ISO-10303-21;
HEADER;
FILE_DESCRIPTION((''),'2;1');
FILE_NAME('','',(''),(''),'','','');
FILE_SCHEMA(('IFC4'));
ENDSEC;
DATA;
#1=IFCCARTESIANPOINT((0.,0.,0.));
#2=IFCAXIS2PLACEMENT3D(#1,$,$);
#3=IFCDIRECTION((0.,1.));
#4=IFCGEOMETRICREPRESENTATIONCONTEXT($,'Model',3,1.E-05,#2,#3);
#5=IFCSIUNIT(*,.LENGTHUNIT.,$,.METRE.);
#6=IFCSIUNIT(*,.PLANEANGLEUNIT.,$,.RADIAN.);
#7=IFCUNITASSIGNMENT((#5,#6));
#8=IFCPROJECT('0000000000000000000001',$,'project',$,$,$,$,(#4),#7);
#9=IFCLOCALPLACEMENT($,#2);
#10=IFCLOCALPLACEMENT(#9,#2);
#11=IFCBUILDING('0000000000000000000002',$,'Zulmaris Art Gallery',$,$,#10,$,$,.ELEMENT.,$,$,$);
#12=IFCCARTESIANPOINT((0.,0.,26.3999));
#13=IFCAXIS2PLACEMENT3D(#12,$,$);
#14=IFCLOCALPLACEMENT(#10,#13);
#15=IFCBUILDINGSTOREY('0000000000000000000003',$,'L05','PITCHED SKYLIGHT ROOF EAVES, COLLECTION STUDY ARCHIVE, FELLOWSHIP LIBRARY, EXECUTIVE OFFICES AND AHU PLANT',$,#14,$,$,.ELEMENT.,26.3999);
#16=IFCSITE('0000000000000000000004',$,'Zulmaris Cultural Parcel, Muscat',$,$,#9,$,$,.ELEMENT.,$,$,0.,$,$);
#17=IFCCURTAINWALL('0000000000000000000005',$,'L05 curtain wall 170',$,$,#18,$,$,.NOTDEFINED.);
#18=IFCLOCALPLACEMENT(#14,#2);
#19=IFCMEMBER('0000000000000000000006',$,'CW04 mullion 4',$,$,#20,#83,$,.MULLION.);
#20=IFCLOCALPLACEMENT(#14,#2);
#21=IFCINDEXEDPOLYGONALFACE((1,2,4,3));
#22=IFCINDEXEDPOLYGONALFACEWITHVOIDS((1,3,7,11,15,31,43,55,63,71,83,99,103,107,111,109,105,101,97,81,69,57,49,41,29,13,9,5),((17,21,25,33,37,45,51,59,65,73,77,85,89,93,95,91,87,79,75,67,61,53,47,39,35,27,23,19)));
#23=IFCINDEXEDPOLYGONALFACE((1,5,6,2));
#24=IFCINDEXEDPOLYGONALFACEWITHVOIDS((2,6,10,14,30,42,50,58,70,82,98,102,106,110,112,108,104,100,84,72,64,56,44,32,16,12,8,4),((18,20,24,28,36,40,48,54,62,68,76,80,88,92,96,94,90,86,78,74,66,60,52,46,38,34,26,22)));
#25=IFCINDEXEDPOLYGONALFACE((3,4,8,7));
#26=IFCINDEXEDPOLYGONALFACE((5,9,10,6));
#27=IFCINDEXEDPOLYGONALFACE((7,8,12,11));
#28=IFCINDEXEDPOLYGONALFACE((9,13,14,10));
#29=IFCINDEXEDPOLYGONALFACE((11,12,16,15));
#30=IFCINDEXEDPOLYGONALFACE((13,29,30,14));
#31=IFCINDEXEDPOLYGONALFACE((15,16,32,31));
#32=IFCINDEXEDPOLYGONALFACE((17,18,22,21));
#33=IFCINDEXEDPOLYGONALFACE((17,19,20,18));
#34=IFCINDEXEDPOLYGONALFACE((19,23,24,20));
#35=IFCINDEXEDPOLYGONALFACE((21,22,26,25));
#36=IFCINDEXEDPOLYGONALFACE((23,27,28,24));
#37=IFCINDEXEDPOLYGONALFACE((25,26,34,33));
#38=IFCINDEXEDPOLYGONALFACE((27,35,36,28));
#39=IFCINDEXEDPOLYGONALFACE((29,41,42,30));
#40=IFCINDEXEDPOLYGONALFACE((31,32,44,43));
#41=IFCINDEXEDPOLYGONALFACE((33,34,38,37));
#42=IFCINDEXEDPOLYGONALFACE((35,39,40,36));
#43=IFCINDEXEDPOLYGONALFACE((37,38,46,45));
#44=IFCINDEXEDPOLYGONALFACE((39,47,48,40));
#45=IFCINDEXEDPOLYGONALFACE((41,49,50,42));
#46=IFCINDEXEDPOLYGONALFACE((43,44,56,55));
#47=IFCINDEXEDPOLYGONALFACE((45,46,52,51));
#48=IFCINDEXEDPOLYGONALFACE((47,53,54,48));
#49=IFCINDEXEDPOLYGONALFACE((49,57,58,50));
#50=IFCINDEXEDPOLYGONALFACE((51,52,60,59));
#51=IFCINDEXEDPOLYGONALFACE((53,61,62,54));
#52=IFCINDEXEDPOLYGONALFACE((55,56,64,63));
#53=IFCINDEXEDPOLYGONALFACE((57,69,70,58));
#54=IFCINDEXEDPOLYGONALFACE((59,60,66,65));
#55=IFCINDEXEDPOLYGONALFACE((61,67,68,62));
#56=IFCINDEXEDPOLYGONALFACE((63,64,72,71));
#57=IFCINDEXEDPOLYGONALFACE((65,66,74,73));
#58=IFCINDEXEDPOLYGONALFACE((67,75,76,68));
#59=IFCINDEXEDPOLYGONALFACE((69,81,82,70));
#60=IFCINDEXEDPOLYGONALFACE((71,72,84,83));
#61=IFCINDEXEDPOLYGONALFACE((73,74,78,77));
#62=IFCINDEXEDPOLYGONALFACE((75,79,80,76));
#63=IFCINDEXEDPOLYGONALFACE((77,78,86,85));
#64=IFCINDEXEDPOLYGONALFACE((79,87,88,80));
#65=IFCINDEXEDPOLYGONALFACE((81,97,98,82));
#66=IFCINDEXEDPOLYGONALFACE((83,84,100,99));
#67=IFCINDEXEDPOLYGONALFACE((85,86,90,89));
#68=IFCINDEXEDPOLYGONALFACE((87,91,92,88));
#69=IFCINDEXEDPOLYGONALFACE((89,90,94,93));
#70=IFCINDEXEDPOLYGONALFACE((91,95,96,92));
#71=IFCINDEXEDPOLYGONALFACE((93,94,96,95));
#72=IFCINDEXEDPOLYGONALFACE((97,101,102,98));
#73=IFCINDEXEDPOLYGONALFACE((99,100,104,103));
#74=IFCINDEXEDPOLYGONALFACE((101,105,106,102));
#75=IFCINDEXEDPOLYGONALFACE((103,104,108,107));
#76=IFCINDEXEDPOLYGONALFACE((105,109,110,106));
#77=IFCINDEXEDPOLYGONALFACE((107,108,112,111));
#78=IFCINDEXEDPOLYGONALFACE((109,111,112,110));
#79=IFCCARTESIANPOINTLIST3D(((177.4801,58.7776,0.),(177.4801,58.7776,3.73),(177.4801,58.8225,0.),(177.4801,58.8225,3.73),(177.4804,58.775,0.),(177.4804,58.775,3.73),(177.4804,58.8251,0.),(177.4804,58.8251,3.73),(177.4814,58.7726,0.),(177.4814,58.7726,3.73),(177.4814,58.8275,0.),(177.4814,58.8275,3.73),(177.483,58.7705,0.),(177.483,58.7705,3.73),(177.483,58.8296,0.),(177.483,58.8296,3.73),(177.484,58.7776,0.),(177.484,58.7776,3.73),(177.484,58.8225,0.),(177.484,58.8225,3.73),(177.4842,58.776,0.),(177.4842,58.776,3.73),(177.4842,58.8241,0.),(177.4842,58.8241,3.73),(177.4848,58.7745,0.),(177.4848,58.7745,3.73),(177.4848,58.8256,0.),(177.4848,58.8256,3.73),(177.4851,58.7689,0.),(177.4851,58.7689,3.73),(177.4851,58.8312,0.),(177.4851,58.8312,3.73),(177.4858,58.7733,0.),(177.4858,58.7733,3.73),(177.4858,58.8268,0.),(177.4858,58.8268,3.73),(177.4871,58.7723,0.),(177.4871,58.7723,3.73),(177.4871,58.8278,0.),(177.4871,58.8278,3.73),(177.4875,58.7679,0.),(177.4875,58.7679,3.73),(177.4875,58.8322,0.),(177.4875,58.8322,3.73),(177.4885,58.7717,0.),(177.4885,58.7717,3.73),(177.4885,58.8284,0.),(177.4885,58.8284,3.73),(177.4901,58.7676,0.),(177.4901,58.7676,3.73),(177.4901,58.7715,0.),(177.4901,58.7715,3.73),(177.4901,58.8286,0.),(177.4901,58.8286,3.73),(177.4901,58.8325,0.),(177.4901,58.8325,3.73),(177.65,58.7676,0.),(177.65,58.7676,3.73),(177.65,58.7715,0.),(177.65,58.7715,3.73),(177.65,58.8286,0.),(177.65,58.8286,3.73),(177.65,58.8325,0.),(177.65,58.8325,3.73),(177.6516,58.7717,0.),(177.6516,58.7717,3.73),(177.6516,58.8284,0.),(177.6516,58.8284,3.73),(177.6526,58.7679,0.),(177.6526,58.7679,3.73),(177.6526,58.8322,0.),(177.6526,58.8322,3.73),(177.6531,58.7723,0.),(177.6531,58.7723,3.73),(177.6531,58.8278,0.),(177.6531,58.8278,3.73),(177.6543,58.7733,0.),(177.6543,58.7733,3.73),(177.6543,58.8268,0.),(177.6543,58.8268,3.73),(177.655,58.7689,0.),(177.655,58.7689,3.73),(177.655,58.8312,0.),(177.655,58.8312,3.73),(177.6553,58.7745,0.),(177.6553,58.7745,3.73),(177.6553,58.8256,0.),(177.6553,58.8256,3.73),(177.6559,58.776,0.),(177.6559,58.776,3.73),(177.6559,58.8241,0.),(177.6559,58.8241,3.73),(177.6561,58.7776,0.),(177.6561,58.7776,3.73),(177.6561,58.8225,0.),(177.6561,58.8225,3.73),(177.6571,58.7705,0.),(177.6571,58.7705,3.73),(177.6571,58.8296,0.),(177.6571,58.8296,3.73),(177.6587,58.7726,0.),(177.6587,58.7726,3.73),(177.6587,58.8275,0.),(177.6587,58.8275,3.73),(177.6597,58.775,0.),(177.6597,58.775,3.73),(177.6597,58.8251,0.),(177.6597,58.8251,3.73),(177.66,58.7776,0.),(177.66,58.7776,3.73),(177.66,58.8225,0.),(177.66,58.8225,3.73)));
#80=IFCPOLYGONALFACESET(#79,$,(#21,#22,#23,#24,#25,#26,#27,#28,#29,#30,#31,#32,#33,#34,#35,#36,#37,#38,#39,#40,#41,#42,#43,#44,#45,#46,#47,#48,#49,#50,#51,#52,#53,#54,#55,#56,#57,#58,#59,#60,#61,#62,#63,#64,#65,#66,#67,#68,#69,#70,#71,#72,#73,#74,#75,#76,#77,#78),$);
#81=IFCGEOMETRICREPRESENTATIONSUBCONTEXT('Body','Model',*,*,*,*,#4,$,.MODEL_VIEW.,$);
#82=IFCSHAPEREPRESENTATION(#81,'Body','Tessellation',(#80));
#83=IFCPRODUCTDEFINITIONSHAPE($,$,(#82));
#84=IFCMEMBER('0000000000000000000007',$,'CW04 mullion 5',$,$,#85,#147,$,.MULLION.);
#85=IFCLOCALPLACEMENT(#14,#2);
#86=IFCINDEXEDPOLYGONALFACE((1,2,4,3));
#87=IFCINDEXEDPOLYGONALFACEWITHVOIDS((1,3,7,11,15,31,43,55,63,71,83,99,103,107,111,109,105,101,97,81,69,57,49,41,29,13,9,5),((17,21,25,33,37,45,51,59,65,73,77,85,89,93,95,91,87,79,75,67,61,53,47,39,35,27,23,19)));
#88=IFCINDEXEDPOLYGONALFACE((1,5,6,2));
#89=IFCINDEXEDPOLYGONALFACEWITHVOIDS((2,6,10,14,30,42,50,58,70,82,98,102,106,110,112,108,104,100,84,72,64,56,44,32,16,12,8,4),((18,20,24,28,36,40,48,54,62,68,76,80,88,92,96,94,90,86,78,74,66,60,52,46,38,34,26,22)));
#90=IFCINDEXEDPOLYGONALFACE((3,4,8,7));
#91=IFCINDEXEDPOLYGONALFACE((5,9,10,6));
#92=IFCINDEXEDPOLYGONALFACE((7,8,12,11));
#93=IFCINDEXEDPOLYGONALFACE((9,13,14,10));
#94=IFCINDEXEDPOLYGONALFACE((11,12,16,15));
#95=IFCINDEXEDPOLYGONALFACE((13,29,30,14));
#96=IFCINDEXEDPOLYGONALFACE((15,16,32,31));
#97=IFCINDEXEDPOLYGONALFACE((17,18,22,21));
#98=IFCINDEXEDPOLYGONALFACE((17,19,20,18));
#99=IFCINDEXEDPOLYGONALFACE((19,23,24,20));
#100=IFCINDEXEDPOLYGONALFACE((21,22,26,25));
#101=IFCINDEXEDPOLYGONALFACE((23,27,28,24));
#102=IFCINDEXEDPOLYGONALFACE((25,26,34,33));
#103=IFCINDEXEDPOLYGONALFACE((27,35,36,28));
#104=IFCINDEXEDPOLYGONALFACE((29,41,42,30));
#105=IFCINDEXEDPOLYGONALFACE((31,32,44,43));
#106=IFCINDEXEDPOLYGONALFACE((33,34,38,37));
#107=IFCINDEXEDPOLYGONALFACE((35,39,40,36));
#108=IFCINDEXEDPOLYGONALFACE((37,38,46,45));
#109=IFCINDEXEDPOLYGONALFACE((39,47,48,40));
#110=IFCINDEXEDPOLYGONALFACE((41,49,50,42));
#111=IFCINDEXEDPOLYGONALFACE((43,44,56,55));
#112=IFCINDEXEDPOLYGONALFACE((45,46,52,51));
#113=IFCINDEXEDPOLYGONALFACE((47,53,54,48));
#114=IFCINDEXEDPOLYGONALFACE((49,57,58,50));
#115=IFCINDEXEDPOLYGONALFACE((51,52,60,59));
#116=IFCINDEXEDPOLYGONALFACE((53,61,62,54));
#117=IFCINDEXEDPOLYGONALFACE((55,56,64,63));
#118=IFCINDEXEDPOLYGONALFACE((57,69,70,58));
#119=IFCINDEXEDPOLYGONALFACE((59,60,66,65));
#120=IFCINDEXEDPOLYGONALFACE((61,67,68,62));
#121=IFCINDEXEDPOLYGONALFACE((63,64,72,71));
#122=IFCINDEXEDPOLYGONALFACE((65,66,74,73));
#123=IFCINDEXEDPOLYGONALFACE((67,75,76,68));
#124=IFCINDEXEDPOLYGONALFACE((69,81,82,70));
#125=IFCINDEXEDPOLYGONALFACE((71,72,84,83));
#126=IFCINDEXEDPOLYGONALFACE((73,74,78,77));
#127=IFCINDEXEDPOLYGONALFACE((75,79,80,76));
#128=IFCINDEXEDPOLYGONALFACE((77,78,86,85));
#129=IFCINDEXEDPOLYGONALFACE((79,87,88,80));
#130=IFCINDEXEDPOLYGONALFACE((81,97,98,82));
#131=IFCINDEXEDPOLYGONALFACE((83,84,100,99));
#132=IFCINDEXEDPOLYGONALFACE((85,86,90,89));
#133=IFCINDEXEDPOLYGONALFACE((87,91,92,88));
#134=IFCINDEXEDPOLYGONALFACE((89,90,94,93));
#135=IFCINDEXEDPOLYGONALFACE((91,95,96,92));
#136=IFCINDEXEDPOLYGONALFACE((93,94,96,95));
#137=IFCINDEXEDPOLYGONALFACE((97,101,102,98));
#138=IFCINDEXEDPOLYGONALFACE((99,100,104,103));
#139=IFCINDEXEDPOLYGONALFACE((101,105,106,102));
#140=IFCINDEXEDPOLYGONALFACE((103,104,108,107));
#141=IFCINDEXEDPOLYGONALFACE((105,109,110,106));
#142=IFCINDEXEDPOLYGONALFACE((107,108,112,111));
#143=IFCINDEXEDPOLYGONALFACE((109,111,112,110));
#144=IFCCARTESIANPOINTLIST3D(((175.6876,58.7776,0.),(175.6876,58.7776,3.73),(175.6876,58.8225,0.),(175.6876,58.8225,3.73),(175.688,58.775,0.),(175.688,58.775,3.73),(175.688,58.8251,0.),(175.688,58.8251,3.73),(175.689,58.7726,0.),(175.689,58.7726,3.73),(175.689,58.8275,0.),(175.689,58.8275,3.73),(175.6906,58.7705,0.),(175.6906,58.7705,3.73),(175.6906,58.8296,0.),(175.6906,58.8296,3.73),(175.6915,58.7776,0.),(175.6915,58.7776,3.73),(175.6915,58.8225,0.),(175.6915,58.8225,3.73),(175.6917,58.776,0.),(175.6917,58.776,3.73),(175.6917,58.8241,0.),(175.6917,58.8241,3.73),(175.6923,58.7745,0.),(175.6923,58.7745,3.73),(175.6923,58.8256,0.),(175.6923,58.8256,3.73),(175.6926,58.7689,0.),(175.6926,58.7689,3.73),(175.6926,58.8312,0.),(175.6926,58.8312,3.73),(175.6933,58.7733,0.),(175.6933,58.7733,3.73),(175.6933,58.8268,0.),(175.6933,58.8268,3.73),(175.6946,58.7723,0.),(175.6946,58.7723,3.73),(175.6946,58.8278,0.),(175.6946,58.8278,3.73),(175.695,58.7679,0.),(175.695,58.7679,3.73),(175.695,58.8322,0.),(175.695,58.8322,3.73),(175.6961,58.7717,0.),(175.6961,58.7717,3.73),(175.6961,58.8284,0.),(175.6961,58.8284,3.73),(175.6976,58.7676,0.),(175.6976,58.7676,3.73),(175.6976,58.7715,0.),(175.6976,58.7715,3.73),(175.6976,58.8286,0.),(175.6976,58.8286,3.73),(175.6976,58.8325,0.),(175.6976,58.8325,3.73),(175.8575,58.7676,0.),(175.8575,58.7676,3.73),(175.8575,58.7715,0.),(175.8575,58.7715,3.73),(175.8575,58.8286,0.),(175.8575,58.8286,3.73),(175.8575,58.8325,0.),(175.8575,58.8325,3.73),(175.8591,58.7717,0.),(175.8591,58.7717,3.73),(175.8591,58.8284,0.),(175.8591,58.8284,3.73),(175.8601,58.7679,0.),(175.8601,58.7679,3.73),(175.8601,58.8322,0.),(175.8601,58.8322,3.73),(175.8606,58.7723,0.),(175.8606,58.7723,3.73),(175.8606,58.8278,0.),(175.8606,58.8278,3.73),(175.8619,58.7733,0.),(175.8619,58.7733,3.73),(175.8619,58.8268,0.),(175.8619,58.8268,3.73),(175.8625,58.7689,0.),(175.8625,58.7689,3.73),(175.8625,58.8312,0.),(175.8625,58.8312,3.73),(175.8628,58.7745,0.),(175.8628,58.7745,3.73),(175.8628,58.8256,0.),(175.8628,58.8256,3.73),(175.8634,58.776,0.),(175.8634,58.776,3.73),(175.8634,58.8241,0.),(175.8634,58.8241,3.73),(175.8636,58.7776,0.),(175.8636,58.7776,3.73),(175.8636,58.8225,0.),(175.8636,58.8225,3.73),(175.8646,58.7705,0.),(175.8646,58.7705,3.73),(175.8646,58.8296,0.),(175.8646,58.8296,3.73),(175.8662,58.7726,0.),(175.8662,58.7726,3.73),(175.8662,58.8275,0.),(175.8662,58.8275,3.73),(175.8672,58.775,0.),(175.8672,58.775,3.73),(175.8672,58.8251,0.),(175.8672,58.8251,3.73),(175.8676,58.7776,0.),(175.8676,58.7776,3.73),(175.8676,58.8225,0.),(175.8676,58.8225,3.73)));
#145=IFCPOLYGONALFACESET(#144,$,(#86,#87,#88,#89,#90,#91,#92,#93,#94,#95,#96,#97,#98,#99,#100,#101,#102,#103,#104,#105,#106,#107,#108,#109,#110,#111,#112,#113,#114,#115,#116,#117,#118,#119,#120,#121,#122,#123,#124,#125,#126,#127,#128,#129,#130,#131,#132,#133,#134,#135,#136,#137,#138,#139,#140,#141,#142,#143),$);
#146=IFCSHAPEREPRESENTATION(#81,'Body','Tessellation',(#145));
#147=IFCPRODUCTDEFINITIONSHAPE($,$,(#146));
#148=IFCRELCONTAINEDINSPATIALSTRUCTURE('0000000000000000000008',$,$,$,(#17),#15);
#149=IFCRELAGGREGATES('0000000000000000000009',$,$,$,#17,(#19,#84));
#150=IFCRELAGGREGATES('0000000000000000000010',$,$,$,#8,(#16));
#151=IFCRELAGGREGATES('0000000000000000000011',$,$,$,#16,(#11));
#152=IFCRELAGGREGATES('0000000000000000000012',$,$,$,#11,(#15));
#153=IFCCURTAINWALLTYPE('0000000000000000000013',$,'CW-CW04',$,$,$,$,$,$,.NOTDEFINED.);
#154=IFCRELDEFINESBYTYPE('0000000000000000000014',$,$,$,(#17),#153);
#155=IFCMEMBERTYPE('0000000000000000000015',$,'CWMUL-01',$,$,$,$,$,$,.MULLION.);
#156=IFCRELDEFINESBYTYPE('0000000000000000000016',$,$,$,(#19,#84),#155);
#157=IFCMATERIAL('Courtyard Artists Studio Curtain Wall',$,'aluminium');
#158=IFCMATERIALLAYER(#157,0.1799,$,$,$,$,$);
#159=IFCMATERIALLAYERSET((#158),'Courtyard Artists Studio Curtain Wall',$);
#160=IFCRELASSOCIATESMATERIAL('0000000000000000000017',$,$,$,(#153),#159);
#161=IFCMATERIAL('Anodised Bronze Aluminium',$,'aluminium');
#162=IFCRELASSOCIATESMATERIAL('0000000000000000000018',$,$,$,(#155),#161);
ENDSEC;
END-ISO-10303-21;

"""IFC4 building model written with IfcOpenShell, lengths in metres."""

from ifc_helpers import new_model, si_unit, direction, frame, origin, origin_2d, place, context, subcontext, project, spatial, hollow_rectangle, extrude, material, layer, layer_set, material_profile, profile_set, type_object, element, aggregate, save


model = new_model("IFC4")

# Units and contexts
model_context = context("Model", 3, precision=1e-05, world=origin(), true_north=direction((0.0, 1.0)))
body_context = subcontext(model_context, "Body", "Model", "MODEL_VIEW")
ifc_project = project(units=[si_unit("LENGTHUNIT", "METRE"), si_unit("PLANEANGLEUNIT", "RADIAN")], contexts=[model_context])

# Site, building, storey
site_placement = place(None, origin())
site = spatial("IfcSite", under=ifc_project, at=site_placement, Name="Zulmaris Cultural Parcel, Muscat", CompositionType="ELEMENT", RefElevation=0.0)
building_placement = place(site_placement, origin())
building = spatial("IfcBuilding", under=site, at=building_placement, Name="Zulmaris Art Gallery", CompositionType="ELEMENT")
storey_placement = place(building_placement, frame((0.0, 0.0, 26.3999)))
storey = spatial("IfcBuildingStorey", under=building, at=storey_placement, Name="L05", Description="PITCHED SKYLIGHT ROOF EAVES, COLLECTION STUDY ARCHIVE, FELLOWSHIP LIBRARY, EXECUTIVE OFFICES AND AHU PLANT", CompositionType="ELEMENT", Elevation=26.3999)

# Curtain wall, members
ifc_material_1 = material(Name="Courtyard Artists Studio Curtain Wall", Category="aluminium")
ifc_layer_1 = layer(ifc_material_1, 0.1799)
ifc_layer_set_1 = layer_set([ifc_layer_1], Name="Courtyard Artists Studio Curtain Wall")
curtain_wall_type = type_object("IfcCurtainWallType", Name="CW-CW04", PredefinedType="NOTDEFINED", material=ifc_layer_set_1)
ifc_material_2 = material(Name="Anodised Bronze Aluminium", Category="aluminium")
ifc_material_profile_1 = material_profile(ifc_material_2, hollow_rectangle(XDim=0.0649, YDim=0.1799, WallThickness=0.0039, InnerFilletRadius=0.0061, OuterFilletRadius=0.01, at=origin_2d()), Name="ALU 65x180x4")
ifc_profile_set_1 = profile_set([ifc_material_profile_1], Name="Anodised Bronze Aluminium")
member_type_1 = type_object("IfcMemberType", Name="CWMUL-01", PredefinedType="MULLION", material=ifc_profile_set_1)
curtain_wall_1_placement = place(storey_placement, origin())
curtain_wall_1 = element("IfcCurtainWall", 1, at=curtain_wall_1_placement, inside=storey, type_object=curtain_wall_type, Name="L05 curtain wall 170", PredefinedType="NOTDEFINED")
member_1_placement = place(storey_placement, frame((177.5701, 58.8, 0.0), z_axis=(0.0, 0.0, 1.0), x_axis=(0.0, -1.0, 0.0)))
member_1 = element("IfcMember", 2, at=member_1_placement, type_object=member_type_1, Name="CW04 mullion 4", PredefinedType="MULLION", context=body_context, shape_type="SweptSolid", body=[
    extrude(hollow_rectangle(XDim=0.0649, YDim=0.1799, WallThickness=0.0039, InnerFilletRadius=0.0061, OuterFilletRadius=0.01, at=origin_2d()), origin(), (0.0, 0.0, 1.0), 3.73),
])
member_2_placement = place(storey_placement, frame((175.7776, 58.8, 0.0), z_axis=(0.0, 0.0, 1.0), x_axis=(0.0, -1.0, 0.0)))
member_2 = element("IfcMember", 3, at=member_2_placement, type_object=member_type_1, Name="CW04 mullion 5", PredefinedType="MULLION", context=body_context, shape_type="SweptSolid", body=[
    extrude(hollow_rectangle(XDim=0.0649, YDim=0.1799, WallThickness=0.0039, InnerFilletRadius=0.0061, OuterFilletRadius=0.01, at=origin_2d()), origin(), (0.0, 0.0, 1.0), 3.73),
])

aggregate(curtain_wall_1, [member_1, member_2])

save(model, "model.ifc")
